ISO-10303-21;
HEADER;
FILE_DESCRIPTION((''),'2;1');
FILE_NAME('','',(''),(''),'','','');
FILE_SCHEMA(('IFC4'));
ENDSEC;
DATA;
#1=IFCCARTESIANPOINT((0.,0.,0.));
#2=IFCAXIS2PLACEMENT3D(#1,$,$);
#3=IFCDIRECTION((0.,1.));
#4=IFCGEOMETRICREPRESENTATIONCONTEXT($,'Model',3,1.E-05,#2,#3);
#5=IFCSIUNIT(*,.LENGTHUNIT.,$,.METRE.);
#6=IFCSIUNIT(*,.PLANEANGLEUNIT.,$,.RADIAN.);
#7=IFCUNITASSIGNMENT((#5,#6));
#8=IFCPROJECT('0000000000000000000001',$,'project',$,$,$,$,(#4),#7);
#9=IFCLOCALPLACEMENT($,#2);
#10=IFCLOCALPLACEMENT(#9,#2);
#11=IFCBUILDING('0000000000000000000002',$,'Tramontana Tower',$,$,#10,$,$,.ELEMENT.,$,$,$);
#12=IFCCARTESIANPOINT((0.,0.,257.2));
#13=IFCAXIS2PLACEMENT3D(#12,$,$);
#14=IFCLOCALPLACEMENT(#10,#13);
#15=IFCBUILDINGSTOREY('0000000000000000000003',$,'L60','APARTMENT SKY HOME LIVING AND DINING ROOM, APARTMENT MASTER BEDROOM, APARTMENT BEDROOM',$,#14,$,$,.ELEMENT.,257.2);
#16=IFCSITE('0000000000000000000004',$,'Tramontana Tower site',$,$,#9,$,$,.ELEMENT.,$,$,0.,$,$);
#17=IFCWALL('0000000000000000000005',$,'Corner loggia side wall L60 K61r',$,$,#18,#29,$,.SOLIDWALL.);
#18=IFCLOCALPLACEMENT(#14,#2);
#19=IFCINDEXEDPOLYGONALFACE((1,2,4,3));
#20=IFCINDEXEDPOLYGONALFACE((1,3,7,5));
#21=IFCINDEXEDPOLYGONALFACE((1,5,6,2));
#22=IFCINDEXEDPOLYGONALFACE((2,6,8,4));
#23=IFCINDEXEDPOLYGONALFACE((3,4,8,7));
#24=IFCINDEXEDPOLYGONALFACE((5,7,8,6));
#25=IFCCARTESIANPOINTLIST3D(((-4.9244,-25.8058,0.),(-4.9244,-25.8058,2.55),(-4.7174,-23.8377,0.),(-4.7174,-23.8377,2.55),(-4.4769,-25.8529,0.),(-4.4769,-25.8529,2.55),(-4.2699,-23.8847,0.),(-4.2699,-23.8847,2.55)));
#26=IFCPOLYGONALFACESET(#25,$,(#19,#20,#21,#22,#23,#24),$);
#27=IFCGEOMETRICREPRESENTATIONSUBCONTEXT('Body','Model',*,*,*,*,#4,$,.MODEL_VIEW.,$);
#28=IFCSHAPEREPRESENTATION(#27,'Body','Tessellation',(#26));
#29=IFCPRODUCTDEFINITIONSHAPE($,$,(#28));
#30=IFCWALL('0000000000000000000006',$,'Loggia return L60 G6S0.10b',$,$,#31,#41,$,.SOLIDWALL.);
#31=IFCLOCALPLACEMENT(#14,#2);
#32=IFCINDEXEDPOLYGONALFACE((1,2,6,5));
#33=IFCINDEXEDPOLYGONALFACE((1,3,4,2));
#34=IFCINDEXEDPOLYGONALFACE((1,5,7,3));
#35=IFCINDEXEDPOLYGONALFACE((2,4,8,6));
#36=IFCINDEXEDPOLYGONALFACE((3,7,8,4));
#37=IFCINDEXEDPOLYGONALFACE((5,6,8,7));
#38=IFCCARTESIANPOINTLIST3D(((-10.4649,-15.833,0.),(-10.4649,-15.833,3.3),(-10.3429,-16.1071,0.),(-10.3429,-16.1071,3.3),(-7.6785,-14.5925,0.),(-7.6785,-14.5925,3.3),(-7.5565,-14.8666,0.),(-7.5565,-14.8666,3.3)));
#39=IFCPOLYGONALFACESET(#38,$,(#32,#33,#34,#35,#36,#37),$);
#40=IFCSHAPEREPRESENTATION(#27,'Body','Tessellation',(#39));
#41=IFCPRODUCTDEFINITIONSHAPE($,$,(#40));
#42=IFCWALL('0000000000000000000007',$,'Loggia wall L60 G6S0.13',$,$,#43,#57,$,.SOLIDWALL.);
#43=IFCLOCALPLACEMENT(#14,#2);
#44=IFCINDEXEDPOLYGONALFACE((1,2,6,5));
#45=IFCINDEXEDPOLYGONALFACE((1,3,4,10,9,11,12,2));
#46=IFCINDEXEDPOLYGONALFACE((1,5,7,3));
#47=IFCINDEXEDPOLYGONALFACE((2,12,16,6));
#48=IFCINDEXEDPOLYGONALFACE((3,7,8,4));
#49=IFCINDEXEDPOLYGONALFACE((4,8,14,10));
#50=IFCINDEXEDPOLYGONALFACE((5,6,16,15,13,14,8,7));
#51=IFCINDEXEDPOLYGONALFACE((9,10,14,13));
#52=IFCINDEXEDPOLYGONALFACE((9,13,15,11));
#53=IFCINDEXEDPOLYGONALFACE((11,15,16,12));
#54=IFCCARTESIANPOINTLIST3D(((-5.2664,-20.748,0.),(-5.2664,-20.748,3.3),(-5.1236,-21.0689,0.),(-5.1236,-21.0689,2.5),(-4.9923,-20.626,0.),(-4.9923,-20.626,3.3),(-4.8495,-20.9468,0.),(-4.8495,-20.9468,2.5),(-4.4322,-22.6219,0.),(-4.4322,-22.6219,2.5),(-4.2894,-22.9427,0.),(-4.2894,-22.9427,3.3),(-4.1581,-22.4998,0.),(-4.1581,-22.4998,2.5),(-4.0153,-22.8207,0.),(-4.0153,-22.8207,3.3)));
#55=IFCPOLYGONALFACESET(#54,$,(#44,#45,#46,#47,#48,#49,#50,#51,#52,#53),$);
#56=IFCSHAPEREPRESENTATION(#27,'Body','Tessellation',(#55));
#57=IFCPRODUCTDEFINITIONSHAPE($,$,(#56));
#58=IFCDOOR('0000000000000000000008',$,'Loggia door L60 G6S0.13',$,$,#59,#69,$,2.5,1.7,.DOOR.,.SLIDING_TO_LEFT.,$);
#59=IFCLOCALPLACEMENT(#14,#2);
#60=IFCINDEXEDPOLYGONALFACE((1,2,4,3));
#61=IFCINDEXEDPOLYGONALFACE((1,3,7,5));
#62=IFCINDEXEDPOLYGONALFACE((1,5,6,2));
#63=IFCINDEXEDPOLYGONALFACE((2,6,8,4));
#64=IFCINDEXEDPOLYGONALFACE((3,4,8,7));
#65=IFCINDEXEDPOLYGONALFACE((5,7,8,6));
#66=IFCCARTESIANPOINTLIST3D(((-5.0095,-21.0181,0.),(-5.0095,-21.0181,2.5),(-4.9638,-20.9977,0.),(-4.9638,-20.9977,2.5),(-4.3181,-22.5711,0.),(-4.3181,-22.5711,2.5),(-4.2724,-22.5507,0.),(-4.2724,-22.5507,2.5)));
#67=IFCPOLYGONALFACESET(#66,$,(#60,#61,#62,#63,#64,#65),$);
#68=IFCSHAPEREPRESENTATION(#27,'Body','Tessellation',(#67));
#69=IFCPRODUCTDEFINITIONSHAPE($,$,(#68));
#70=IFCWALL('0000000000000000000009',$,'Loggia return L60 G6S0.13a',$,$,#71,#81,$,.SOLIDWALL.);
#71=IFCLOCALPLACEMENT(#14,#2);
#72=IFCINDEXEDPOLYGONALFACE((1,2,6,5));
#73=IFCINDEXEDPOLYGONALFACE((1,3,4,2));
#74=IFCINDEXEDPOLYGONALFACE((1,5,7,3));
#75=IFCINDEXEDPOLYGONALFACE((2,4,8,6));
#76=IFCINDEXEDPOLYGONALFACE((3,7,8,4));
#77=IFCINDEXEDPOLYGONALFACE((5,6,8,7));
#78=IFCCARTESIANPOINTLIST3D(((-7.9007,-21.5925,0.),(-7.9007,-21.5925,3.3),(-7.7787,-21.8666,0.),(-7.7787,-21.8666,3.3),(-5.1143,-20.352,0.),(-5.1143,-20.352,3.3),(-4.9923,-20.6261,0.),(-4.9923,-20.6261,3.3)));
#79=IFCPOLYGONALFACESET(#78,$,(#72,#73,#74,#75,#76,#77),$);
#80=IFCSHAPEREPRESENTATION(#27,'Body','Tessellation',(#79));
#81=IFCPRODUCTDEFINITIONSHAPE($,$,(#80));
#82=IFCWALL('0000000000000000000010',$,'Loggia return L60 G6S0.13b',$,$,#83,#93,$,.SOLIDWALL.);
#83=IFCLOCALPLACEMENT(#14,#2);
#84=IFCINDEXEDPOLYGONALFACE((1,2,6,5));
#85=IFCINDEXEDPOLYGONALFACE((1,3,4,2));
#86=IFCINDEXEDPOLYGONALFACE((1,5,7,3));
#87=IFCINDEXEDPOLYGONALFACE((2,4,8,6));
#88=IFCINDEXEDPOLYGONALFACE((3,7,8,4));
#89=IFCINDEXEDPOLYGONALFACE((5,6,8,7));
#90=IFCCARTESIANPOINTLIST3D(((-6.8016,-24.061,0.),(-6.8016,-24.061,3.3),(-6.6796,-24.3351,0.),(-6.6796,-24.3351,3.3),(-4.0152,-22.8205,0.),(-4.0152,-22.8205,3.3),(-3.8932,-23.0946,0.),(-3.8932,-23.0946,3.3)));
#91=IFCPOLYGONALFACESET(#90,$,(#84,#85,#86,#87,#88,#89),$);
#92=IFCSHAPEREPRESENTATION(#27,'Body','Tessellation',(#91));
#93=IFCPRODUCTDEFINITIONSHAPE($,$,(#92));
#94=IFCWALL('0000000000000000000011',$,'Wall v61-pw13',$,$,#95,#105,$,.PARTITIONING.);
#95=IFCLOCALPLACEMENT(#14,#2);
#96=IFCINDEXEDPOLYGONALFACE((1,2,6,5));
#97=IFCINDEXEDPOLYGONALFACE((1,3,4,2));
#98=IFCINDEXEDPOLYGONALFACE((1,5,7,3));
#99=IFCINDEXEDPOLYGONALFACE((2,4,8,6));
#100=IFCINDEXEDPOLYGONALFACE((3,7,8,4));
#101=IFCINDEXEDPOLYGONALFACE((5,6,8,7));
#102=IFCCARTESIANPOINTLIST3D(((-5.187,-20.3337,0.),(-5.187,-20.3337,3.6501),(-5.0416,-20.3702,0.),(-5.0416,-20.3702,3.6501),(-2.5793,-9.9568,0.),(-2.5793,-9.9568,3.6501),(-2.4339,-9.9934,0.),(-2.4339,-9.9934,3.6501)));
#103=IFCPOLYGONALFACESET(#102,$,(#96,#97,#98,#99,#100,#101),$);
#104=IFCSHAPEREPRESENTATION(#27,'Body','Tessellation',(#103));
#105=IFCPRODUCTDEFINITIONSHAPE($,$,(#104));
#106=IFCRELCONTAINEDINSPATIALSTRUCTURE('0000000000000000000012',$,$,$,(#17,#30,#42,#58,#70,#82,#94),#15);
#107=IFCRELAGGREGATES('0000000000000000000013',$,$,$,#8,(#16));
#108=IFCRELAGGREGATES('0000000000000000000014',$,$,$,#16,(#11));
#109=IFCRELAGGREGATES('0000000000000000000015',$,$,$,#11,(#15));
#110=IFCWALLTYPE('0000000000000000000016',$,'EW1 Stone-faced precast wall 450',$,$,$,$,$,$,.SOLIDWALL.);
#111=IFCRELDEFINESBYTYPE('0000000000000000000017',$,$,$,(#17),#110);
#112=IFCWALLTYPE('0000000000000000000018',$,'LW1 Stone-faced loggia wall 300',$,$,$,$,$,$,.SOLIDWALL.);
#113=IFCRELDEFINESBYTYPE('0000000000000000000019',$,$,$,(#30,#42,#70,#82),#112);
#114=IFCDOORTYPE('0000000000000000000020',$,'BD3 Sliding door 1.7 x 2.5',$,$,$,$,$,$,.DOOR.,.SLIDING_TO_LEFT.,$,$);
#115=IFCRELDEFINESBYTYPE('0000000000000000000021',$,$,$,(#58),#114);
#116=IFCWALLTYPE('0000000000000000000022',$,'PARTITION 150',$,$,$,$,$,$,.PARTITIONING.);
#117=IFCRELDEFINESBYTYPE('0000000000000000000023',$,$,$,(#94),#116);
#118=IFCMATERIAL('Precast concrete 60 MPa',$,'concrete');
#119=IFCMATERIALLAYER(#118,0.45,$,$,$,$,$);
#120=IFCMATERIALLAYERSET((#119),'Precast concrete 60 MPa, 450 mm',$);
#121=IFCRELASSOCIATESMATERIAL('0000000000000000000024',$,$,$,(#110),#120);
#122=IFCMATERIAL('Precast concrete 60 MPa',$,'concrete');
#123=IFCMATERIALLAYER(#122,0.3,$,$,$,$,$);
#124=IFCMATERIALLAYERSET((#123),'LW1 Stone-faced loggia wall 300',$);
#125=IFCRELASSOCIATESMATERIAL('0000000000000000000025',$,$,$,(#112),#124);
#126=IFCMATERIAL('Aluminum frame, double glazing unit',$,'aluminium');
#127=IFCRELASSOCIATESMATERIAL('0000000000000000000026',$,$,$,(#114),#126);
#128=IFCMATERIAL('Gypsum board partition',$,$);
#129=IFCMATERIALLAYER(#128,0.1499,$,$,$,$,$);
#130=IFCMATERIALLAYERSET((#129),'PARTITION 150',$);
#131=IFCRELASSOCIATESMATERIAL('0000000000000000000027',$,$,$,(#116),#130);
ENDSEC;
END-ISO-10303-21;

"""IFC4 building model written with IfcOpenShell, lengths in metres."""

from ifc_helpers import new_model, si_unit, direction, frame, frame_2d, origin, place, context, subcontext, project, spatial, rectangle, extrude, material, layer, layer_set, type_object, element, fill, save


model = new_model("IFC4")

# Units and contexts
model_context = context("Model", 3, precision=1e-05, world=origin(), true_north=direction((0.0, 1.0)))
body_context = subcontext(model_context, "Body", "Model", "MODEL_VIEW")
ifc_project = project(units=[si_unit("LENGTHUNIT", "METRE"), si_unit("PLANEANGLEUNIT", "RADIAN")], contexts=[model_context])

# Site, building, storey
site_placement = place(None, origin())
site = spatial("IfcSite", under=ifc_project, at=site_placement, Name="Tramontana Tower site", CompositionType="ELEMENT", RefElevation=0.0)
building_placement = place(site_placement, origin())
building = spatial("IfcBuilding", under=site, at=building_placement, Name="Tramontana Tower", CompositionType="ELEMENT")
storey_placement = place(building_placement, frame((0.0, 0.0, 257.2)))
storey = spatial("IfcBuildingStorey", under=building, at=storey_placement, Name="L60", Description="APARTMENT SKY HOME LIVING AND DINING ROOM, APARTMENT MASTER BEDROOM, APARTMENT BEDROOM", CompositionType="ELEMENT", Elevation=257.2)

# Shared definitions
ifc_material_1 = material(Name="Precast concrete 60 MPa", Category="concrete")
ifc_layer_1 = layer(ifc_material_1, 0.45)
ifc_layer_set_1 = layer_set([ifc_layer_1], Name="Precast concrete 60 MPa, 450 mm")
wall_type_1 = type_object("IfcWallType", Name="EW1 Stone-faced precast wall 450", PredefinedType="SOLIDWALL", material=ifc_layer_set_1)

# Wall
for number, where, z_axis, x_axis, name in (
    (1, (-4.7007, -25.8293, 0.0), (0.0, 0.0, 1.0), (0.104608, 0.994514, 0.0), "Corner loggia side wall L60 K61r"),
):
    element("IfcWall", number, at=place(storey_placement, frame(where, z_axis=z_axis, x_axis=x_axis)), inside=storey, type_object=wall_type_1, Name=name, PredefinedType="SOLIDWALL", context=body_context, shape_type="SweptSolid", body=[
        extrude(rectangle(XDim=1.979, YDim=0.45, at=frame_2d((0.9895, 0.0))), origin(), (0.0, 0.0, 1.0), 2.55),
    ])

# Wall
ifc_material_2 = material(Name="Precast concrete 60 MPa", Category="concrete")
ifc_layer_2 = layer(ifc_material_2, 0.3)
ifc_layer_set_2 = layer_set([ifc_layer_2], Name="LW1 Stone-faced loggia wall 300")
wall_type_2 = type_object("IfcWallType", Name="LW1 Stone-faced loggia wall 300", PredefinedType="SOLIDWALL", material=ifc_layer_set_2)
wall_1_placement = place(storey_placement, frame((-10.4038, -15.97, 0.0), z_axis=(0.0, 0.0, 1.0), x_axis=(0.913557, 0.40671, 0.0)))
element("IfcWall", 2, at=wall_1_placement, inside=storey, type_object=wall_type_2, Name="Loggia return L60 G6S0.10b", PredefinedType="SOLIDWALL", context=body_context, shape_type="SweptSolid", body=[
    extrude(rectangle(XDim=3.05, YDim=0.3, at=frame_2d((1.5249, 0.0))), origin(), (0.0, 0.0, 1.0), 3.3),
])

# Wall, opening, door
wall_2_placement = place(storey_placement, frame((-5.1294, -20.687, 0.0), z_axis=(0.0, 0.0, 1.0), x_axis=(0.406723, -0.913552, 0.0)))
wall_2 = element("IfcWall", 3, at=wall_2_placement, inside=storey, type_object=wall_type_2, Name="Loggia wall L60 G6S0.13", PredefinedType="SOLIDWALL", context=body_context, shape_type="SweptSolid", body=[
    extrude(rectangle(XDim=2.4023, YDim=0.3, at=frame_2d((1.2012, 0.0))), origin(), (0.0, 0.0, 1.0), 3.3),
])
opening_1_placement = place(wall_2_placement, frame((0.3511, 0.0, 0.0)))
opening_1 = element("IfcOpeningElement", 4, at=opening_1_placement, cuts=wall_2, PredefinedType="OPENING", context=body_context, shape_type="SweptSolid", body=[
    extrude(rectangle(XDim=1.7, YDim=2.5, at=frame_2d((0.8501, 1.25))), frame((0.0, 0.1599, 0.0), z_axis=(0.0, -1.0, 0.0), x_axis=(1.0, 0.0, 0.0)), (0.0, 0.0, 1.0), 0.3201),
])
ifc_material_3 = material(Name="Aluminum frame, double glazing unit", Category="aluminium")
door_type_1 = type_object("IfcDoorType", Name="BD3 Sliding door 1.7 x 2.5", OperationType="SLIDING_TO_LEFT", PredefinedType="DOOR", material=ifc_material_3)
door_1_placement = place(opening_1_placement, origin())
door_1 = element("IfcDoor", 5, at=door_1_placement, inside=storey, type_object=door_type_1, Name="Loggia door L60 G6S0.13", OperationType="SLIDING_TO_LEFT", OverallHeight=2.5, OverallWidth=1.7, PredefinedType="DOOR", context=body_context, shape_type="SweptSolid", body=[
    extrude(rectangle(XDim=1.7, YDim=2.5, at=frame_2d((0.8501, 1.25))), frame((0.0, 0.0249, 0.0), z_axis=(0.0, -1.0, 0.0), x_axis=(1.0, 0.0, 0.0)), (0.0, 0.0, 1.0), 0.05),
])
fill(opening_1, door_1)

# Walls
for number, where, z_axis, x_axis, name in (
    (6, (-7.8396, -21.7295, 0.0), (0.0, 0.0, 1.0), (0.913557, 0.40671, 0.0), "Loggia return L60 G6S0.13a"),
    (7, (-6.7405, -24.198, 0.0), (0.0, 0.0, 1.0), (0.913557, 0.40671, 0.0), "Loggia return L60 G6S0.13b"),
):
    element("IfcWall", number, at=place(storey_placement, frame(where, z_axis=z_axis, x_axis=x_axis)), inside=storey, type_object=wall_type_2, Name=name, PredefinedType="SOLIDWALL", context=body_context, shape_type="SweptSolid", body=[
        extrude(rectangle(XDim=3.05, YDim=0.3, at=frame_2d((1.5249, 0.0))), origin(), (0.0, 0.0, 1.0), 3.3),
    ])
ifc_material_4 = material(Name="Gypsum board partition")
ifc_layer_3 = layer(ifc_material_4, 0.1499)
ifc_layer_set_3 = layer_set([ifc_layer_3], Name="PARTITION 150")
wall_type_3 = type_object("IfcWallType", Name="PARTITION 150", PredefinedType="PARTITIONING", material=ifc_layer_set_3)
wall_3_placement = place(storey_placement, frame((-5.1143, -20.3518, 0.0), z_axis=(0.0, 0.0, 1.0), x_axis=(0.243722, 0.969845, 0.0)))
element("IfcWall", 8, at=wall_3_placement, inside=storey, type_object=wall_type_3, Name="Wall v61-pw13", PredefinedType="PARTITIONING", context=body_context, shape_type="SweptSolid", body=[
    extrude(rectangle(XDim=10.6995, YDim=0.1499, at=frame_2d((5.3496, 0.0))), origin(), (0.0, 0.0, 1.0), 3.6501),
])

save(model, "model.ifc")
